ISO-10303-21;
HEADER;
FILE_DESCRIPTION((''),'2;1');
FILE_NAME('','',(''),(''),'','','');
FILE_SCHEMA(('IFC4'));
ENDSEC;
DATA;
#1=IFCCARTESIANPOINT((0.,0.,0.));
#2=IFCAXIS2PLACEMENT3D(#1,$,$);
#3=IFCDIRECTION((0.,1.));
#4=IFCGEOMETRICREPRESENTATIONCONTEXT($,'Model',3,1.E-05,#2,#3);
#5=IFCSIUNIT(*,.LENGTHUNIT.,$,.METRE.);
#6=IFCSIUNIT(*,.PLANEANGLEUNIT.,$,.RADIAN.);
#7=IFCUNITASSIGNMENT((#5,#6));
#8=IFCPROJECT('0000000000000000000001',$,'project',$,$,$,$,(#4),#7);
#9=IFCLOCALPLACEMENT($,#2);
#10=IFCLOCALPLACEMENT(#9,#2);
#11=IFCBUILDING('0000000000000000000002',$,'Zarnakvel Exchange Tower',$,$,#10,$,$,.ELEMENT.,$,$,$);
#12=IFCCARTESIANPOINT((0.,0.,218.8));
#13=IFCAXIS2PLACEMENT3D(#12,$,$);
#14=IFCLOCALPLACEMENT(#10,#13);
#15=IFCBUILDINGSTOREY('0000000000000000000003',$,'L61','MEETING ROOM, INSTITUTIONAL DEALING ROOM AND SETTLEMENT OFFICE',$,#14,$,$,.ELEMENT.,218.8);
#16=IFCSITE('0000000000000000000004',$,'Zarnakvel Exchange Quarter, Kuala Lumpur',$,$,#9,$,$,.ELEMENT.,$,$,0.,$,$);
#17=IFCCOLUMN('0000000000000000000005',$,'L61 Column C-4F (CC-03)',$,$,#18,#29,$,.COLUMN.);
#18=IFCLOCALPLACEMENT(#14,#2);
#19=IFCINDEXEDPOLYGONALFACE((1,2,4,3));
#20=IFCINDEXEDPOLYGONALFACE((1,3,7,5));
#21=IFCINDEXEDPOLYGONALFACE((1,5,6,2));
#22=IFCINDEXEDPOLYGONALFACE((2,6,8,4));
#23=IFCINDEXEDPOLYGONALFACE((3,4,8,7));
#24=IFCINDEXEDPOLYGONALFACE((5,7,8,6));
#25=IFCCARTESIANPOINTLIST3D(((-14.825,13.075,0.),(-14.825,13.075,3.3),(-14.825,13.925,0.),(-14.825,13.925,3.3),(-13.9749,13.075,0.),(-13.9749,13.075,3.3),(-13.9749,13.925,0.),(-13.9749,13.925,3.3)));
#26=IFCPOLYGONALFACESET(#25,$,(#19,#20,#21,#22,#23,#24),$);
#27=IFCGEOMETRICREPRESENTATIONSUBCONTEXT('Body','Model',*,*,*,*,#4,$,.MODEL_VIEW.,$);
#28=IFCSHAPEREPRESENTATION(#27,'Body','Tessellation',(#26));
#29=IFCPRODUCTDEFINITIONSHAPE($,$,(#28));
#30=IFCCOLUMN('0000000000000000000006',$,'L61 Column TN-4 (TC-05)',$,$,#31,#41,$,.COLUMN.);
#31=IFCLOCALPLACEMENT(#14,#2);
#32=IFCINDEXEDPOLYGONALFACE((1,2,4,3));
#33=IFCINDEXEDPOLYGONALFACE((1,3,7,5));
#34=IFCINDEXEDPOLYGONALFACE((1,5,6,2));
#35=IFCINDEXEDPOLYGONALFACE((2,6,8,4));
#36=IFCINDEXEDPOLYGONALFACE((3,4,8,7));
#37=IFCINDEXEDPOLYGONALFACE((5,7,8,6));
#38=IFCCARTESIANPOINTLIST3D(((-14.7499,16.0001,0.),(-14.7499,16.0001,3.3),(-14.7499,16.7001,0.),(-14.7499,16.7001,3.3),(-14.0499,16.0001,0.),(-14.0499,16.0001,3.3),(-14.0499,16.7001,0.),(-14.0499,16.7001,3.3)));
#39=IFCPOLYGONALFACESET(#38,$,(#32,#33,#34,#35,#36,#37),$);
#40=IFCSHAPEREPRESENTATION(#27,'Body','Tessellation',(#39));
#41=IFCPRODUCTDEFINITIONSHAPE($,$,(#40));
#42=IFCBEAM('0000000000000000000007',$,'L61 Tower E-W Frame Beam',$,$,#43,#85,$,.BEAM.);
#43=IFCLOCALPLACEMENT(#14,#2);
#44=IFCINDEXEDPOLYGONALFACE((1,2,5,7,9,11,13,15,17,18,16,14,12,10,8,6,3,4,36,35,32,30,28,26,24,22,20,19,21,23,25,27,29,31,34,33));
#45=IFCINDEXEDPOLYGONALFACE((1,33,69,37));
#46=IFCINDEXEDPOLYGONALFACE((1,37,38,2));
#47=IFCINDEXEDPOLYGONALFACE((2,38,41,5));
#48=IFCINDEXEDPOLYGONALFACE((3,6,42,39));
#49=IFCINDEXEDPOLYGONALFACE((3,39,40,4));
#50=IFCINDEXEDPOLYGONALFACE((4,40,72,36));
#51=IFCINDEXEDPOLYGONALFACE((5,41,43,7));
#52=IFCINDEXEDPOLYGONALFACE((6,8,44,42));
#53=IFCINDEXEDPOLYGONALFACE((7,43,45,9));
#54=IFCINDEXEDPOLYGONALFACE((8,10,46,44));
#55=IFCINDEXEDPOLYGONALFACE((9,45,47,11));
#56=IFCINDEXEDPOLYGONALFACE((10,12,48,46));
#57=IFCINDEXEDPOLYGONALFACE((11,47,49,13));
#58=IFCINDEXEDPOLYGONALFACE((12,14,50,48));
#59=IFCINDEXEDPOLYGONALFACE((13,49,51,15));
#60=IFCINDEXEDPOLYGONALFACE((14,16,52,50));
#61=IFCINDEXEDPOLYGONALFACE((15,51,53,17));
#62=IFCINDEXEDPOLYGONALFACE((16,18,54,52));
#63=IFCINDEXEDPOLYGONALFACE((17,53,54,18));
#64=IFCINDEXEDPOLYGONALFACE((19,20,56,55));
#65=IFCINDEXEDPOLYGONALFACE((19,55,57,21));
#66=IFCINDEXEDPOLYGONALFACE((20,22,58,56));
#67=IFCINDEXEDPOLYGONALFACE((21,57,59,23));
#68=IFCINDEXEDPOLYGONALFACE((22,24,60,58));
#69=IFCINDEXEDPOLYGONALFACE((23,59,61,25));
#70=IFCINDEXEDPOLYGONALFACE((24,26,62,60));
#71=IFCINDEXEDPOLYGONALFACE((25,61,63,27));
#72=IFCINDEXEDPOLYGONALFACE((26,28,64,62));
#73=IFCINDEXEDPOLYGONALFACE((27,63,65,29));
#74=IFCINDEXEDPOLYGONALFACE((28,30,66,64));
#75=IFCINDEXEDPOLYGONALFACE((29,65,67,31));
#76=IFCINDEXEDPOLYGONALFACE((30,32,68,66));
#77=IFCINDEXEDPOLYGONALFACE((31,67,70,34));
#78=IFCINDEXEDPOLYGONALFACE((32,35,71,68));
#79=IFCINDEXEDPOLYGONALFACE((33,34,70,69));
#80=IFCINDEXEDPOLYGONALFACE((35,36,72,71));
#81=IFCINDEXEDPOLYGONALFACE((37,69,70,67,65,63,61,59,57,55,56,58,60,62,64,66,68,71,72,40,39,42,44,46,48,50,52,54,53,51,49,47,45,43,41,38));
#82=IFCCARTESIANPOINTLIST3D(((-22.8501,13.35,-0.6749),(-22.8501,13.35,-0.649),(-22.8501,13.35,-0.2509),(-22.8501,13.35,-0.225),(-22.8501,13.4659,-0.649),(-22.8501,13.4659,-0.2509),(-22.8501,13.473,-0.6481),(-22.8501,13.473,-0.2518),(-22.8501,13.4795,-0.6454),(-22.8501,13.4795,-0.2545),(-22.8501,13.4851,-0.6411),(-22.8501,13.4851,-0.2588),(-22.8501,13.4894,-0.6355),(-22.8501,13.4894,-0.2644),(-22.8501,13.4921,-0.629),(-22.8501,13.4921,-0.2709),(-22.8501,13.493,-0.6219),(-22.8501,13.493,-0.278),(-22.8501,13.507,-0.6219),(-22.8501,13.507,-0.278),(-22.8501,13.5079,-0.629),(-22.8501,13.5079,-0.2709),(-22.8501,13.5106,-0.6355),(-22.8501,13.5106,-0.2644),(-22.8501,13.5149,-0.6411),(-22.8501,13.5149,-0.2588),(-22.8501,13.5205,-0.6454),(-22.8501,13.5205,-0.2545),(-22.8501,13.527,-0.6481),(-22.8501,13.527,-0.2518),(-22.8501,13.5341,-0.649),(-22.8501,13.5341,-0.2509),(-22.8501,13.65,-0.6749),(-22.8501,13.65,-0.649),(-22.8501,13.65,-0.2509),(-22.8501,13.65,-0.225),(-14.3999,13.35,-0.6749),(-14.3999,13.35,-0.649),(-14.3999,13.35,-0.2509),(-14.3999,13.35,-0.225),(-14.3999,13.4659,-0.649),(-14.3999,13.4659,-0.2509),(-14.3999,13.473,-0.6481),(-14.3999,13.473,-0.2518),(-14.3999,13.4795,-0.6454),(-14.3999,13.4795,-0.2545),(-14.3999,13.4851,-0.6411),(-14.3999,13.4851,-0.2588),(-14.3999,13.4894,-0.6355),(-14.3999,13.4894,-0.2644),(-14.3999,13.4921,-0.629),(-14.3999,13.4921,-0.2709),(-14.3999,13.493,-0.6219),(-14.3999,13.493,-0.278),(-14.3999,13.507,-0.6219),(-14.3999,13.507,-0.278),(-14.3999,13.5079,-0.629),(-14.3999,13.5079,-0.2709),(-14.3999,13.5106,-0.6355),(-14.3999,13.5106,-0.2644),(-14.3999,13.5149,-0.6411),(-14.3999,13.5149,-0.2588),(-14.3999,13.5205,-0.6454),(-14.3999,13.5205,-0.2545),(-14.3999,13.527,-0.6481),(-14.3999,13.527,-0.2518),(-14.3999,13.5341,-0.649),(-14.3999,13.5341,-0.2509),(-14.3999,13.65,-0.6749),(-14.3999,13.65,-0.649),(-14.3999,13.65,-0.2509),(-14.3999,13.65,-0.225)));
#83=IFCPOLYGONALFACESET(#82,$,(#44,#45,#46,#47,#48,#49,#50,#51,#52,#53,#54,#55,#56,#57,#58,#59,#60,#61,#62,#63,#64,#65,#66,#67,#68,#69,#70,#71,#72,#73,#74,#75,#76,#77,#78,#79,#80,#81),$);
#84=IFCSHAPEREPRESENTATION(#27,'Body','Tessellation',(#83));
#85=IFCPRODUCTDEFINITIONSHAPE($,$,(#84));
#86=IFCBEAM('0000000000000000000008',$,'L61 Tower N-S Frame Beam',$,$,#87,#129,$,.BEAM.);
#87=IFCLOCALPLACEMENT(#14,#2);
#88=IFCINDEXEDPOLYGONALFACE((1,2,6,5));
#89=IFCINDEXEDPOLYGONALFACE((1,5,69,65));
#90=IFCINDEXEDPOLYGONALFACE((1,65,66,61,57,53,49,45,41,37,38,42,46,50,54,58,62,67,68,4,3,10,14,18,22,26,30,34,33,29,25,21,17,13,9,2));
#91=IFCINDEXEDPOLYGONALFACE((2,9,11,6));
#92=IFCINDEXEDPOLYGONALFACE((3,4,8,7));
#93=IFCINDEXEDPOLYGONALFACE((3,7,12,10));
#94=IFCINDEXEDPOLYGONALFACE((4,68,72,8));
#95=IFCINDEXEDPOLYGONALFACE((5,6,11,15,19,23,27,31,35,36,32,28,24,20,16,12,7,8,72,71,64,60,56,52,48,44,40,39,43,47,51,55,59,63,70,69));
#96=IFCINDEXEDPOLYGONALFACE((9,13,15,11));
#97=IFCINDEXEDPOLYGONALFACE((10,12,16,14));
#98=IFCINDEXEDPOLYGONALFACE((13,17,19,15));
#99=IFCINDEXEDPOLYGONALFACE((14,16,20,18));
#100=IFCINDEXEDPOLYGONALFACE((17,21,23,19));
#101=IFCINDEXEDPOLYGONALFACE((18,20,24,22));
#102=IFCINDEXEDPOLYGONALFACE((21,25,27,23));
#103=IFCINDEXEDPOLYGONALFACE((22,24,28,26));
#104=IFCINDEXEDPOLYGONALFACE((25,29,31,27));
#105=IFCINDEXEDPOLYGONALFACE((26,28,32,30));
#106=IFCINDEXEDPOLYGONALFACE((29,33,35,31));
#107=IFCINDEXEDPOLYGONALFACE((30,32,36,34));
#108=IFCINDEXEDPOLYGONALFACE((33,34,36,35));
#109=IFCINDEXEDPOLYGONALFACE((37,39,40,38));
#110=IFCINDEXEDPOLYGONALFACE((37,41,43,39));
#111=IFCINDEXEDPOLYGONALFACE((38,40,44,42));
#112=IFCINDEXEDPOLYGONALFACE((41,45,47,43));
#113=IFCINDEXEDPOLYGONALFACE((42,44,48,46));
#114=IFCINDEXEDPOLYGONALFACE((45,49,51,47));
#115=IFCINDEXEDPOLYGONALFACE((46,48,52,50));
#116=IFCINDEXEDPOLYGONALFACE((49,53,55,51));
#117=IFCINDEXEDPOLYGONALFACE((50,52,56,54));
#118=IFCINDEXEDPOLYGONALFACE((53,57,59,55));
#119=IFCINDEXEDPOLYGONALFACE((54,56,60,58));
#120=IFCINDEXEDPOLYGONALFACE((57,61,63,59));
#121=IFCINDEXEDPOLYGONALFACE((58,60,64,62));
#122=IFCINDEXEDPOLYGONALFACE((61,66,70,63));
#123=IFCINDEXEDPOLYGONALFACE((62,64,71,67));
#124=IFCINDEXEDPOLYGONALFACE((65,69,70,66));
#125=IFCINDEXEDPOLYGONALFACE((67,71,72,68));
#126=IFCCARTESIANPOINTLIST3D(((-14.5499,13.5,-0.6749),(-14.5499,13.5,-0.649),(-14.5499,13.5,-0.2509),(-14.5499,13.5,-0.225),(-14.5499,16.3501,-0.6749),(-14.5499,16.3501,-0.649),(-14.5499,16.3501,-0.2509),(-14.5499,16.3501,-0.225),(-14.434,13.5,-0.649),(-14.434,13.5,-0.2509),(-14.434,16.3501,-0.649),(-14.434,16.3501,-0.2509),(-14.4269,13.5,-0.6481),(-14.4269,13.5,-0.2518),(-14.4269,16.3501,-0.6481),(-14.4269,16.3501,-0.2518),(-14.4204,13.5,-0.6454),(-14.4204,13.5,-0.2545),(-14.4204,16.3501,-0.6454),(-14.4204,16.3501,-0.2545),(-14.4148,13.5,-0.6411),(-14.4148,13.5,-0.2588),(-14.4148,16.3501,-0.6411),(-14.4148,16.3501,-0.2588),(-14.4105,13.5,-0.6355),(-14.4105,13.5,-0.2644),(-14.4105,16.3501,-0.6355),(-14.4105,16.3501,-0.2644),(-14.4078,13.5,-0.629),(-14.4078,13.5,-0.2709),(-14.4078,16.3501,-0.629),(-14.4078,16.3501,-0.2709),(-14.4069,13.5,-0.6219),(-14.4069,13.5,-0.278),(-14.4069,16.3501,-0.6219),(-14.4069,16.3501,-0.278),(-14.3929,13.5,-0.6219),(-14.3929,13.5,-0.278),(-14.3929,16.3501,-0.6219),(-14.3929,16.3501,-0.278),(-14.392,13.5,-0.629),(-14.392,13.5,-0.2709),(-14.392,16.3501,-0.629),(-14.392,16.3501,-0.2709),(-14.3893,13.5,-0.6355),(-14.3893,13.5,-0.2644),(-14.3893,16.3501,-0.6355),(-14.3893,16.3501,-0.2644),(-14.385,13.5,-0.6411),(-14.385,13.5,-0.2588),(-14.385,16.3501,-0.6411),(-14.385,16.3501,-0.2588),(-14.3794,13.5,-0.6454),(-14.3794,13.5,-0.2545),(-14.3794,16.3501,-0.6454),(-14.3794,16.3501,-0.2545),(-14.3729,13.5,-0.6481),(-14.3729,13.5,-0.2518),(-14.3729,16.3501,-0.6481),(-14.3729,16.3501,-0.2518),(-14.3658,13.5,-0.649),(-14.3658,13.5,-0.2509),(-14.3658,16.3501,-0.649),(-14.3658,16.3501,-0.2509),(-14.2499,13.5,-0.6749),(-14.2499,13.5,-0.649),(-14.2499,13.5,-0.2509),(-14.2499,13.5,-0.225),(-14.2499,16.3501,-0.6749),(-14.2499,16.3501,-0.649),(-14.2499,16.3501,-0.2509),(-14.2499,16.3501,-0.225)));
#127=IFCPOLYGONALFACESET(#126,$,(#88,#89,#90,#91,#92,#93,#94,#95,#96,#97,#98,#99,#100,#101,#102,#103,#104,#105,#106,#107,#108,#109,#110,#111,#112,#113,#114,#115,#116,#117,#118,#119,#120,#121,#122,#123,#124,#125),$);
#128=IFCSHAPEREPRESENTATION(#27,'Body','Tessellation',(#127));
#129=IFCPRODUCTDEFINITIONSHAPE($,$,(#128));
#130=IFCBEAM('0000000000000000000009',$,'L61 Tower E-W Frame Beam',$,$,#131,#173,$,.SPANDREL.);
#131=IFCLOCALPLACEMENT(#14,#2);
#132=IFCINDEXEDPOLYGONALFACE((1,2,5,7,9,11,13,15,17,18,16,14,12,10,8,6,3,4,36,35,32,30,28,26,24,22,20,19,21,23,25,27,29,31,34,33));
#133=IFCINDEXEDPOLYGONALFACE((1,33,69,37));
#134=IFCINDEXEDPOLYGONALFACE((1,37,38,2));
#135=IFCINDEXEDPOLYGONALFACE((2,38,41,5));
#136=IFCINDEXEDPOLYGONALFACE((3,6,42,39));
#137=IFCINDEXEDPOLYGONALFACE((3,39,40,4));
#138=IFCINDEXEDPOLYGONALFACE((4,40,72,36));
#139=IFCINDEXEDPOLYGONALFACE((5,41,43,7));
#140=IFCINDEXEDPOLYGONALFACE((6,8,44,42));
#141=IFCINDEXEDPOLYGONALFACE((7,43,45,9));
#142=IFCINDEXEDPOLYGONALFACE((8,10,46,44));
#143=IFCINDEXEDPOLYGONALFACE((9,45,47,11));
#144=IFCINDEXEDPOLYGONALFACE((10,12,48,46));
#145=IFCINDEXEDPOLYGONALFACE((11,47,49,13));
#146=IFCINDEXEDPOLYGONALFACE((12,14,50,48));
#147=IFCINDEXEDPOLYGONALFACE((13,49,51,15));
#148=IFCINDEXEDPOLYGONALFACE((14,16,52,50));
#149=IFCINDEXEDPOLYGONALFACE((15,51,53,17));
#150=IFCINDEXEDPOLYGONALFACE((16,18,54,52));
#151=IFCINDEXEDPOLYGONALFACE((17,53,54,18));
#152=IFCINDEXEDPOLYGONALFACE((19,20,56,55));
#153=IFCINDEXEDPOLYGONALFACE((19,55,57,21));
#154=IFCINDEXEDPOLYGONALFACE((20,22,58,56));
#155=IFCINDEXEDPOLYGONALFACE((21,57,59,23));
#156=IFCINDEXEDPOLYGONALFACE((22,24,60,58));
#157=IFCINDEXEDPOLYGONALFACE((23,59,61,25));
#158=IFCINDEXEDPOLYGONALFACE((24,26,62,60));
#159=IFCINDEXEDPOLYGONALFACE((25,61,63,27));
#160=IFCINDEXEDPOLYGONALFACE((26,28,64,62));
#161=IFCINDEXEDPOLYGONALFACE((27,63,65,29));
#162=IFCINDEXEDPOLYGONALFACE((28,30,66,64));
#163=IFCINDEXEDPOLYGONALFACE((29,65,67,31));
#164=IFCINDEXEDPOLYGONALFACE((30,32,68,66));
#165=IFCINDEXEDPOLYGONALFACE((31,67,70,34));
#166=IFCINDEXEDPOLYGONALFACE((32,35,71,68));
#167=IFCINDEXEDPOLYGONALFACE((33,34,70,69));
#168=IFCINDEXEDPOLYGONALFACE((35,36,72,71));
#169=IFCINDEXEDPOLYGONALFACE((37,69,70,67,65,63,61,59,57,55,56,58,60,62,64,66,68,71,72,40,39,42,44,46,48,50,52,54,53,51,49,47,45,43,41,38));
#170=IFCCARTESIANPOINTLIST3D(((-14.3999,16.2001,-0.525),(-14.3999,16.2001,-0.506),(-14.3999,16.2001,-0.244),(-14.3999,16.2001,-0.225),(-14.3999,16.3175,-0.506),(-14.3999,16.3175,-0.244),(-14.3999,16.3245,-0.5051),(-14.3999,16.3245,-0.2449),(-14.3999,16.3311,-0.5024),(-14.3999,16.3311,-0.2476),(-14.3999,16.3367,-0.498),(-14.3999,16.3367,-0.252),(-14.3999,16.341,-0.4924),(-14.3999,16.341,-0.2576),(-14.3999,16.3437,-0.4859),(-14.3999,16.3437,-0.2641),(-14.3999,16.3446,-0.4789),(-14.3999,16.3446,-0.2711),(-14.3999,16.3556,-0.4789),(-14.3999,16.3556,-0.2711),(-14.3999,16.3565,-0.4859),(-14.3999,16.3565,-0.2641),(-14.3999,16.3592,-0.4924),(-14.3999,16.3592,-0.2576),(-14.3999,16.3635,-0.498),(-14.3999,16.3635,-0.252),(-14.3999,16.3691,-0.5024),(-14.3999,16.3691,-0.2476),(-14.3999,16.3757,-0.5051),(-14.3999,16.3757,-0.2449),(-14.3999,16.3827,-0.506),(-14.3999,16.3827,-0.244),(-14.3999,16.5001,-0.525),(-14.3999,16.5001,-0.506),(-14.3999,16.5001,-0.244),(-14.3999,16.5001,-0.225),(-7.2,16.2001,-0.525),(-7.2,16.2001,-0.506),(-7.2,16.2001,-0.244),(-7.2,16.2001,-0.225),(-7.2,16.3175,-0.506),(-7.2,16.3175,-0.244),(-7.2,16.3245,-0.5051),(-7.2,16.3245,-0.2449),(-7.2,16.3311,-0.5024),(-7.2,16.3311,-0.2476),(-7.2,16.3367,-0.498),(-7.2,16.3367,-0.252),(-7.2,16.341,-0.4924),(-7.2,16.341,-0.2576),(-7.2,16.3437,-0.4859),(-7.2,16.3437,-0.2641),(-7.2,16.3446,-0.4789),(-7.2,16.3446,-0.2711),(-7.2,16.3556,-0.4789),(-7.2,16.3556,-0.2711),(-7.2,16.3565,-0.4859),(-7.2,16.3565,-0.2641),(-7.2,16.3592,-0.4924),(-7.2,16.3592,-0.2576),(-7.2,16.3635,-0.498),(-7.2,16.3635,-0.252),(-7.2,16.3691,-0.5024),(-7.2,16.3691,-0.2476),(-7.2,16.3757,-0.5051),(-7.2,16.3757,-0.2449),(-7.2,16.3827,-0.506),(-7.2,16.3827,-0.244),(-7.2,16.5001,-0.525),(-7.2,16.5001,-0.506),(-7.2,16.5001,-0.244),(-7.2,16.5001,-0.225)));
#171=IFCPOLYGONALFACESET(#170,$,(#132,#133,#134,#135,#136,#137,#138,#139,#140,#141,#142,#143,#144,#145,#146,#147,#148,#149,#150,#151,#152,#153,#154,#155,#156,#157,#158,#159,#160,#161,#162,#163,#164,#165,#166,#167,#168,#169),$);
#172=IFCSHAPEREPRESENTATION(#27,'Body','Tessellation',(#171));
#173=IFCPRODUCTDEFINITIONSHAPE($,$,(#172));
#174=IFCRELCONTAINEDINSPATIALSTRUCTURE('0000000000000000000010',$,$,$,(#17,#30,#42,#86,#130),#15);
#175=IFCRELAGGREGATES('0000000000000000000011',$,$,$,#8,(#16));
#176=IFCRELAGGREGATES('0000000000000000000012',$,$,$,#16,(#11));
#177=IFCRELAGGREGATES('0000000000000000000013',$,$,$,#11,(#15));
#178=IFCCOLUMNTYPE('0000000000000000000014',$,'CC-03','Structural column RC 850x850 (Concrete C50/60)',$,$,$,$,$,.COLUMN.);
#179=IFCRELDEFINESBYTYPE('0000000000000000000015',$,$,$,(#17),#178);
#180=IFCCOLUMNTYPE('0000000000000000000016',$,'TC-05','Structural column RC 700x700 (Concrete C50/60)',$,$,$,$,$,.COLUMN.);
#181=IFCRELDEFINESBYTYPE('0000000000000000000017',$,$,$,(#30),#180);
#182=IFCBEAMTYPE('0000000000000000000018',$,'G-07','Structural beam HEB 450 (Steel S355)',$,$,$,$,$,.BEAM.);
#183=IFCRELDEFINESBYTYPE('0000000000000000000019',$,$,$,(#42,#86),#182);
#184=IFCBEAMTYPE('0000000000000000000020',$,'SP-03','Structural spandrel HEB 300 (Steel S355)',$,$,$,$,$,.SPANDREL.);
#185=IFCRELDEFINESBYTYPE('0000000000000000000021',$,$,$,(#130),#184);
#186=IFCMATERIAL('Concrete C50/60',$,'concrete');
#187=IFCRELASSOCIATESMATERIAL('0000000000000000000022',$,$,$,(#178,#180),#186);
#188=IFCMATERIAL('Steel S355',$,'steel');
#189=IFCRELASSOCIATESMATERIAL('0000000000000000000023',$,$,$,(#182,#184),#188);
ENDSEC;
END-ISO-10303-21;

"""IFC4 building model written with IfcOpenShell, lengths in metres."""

from ifc_helpers import new_model, si_unit, direction, frame, origin, origin_2d, place, context, subcontext, project, spatial, rectangle, i_section, extrude, material, material_profile, profile_set, type_object, element, save


model = new_model("IFC4")

# Units and contexts
model_context = context("Model", 3, precision=1e-05, world=origin(), true_north=direction((0.0, 1.0)))
body_context = subcontext(model_context, "Body", "Model", "MODEL_VIEW")
ifc_project = project(units=[si_unit("LENGTHUNIT", "METRE"), si_unit("PLANEANGLEUNIT", "RADIAN")], contexts=[model_context])

# Site, building, storey
site_placement = place(None, origin())
site = spatial("IfcSite", under=ifc_project, at=site_placement, Name="Zarnakvel Exchange Quarter, Kuala Lumpur", CompositionType="ELEMENT", RefElevation=0.0)
building_placement = place(site_placement, origin())
building = spatial("IfcBuilding", under=site, at=building_placement, Name="Zarnakvel Exchange Tower", CompositionType="ELEMENT")
storey_placement = place(building_placement, frame((0.0, 0.0, 218.8)))
storey = spatial("IfcBuildingStorey", under=building, at=storey_placement, Name="L61", Description="MEETING ROOM, INSTITUTIONAL DEALING ROOM AND SETTLEMENT OFFICE", CompositionType="ELEMENT", Elevation=218.8)

# Columns
ifc_material_1 = material(Name="Concrete C50/60", Category="concrete")
ifc_material_profile_1 = material_profile(ifc_material_1, rectangle(XDim=0.8501, YDim=0.8501, at=origin_2d()))
ifc_profile_set_1 = profile_set([ifc_material_profile_1], Name="Concrete C50/60")
column_type_1 = type_object("IfcColumnType", Name="CC-03", Description="Structural column RC 850x850 (Concrete C50/60)", PredefinedType="COLUMN", material=ifc_profile_set_1)
column_1_placement = place(storey_placement, frame((-14.3999, 13.5, 0.0), z_axis=(0.0, 0.0, 1.0), x_axis=(1.0, 0.0, 0.0)))
element("IfcColumn", 1, at=column_1_placement, inside=storey, type_object=column_type_1, Name="L61 Column C-4F (CC-03)", PredefinedType="COLUMN", context=body_context, shape_type="SweptSolid", body=[
    extrude(rectangle(XDim=0.8501, YDim=0.8501, at=origin_2d()), origin(), (0.0, 0.0, 1.0), 3.3),
])
ifc_material_profile_2 = material_profile(ifc_material_1, rectangle(XDim=0.7, YDim=0.7, at=origin_2d()))
ifc_profile_set_2 = profile_set([ifc_material_profile_2], Name="Concrete C50/60")
column_type_2 = type_object("IfcColumnType", Name="TC-05", Description="Structural column RC 700x700 (Concrete C50/60)", PredefinedType="COLUMN", material=ifc_profile_set_2)
column_2_placement = place(storey_placement, frame((-14.3999, 16.3501, 0.0), z_axis=(0.0, 0.0, 1.0), x_axis=(1.0, 0.0, 0.0)))
element("IfcColumn", 2, at=column_2_placement, inside=storey, type_object=column_type_2, Name="L61 Column TN-4 (TC-05)", PredefinedType="COLUMN", context=body_context, shape_type="SweptSolid", body=[
    extrude(rectangle(XDim=0.7, YDim=0.7, at=origin_2d()), origin(), (0.0, 0.0, 1.0), 3.3),
])

# Beams
ifc_material_2 = material(Name="Steel S355", Category="steel")
ifc_material_profile_3 = material_profile(ifc_material_2, i_section(OverallWidth=0.3, OverallDepth=0.45, WebThickness=0.0139, FlangeThickness=0.0259, FilletRadius=0.0271, at=origin_2d()))
ifc_profile_set_3 = profile_set([ifc_material_profile_3], Name="Steel S355")
beam_type_1 = type_object("IfcBeamType", Name="G-07", Description="Structural beam HEB 450 (Steel S355)", PredefinedType="BEAM", material=ifc_profile_set_3)
beam_1_placement = place(storey_placement, frame((-22.8501, 13.5, -0.45), z_axis=(1.0, 0.0, 0.0), x_axis=(0.0, 1.0, 0.0)))
element("IfcBeam", 3, at=beam_1_placement, inside=storey, type_object=beam_type_1, Name="L61 Tower E-W Frame Beam", PredefinedType="BEAM", context=body_context, shape_type="SweptSolid", body=[
    extrude(i_section(OverallWidth=0.3, OverallDepth=0.45, WebThickness=0.0139, FlangeThickness=0.0259, FilletRadius=0.0271, at=origin_2d()), origin(), (0.0, 0.0, 1.0), 8.4502),
])
beam_2_placement = place(storey_placement, frame((-14.3999, 13.5, -0.45), z_axis=(0.0, 1.0, 0.0), x_axis=(-1.0, 0.0, 0.0)))
element("IfcBeam", 4, at=beam_2_placement, inside=storey, type_object=beam_type_1, Name="L61 Tower N-S Frame Beam", PredefinedType="BEAM", context=body_context, shape_type="SweptSolid", body=[
    extrude(i_section(OverallWidth=0.3, OverallDepth=0.45, WebThickness=0.0139, FlangeThickness=0.0259, FilletRadius=0.0271, at=origin_2d()), origin(), (0.0, 0.0, 1.0), 2.8501),
])
ifc_material_profile_4 = material_profile(ifc_material_2, i_section(OverallWidth=0.3, OverallDepth=0.3, WebThickness=0.011, FlangeThickness=0.019, FilletRadius=0.0271, at=origin_2d()))
ifc_profile_set_4 = profile_set([ifc_material_profile_4], Name="Steel S355")
beam_type_2 = type_object("IfcBeamType", Name="SP-03", Description="Structural spandrel HEB 300 (Steel S355)", PredefinedType="SPANDREL", material=ifc_profile_set_4)
beam_3_placement = place(storey_placement, frame((-14.3999, 16.3501, -0.375), z_axis=(1.0, 0.0, 0.0), x_axis=(0.0, 1.0, 0.0)))
element("IfcBeam", 5, at=beam_3_placement, inside=storey, type_object=beam_type_2, Name="L61 Tower E-W Frame Beam", PredefinedType="SPANDREL", context=body_context, shape_type="SweptSolid", body=[
    extrude(i_section(OverallWidth=0.3, OverallDepth=0.3, WebThickness=0.011, FlangeThickness=0.019, FilletRadius=0.0271, at=origin_2d()), origin(), (0.0, 0.0, 1.0), 7.2),
])

save(model, "model.ifc")
